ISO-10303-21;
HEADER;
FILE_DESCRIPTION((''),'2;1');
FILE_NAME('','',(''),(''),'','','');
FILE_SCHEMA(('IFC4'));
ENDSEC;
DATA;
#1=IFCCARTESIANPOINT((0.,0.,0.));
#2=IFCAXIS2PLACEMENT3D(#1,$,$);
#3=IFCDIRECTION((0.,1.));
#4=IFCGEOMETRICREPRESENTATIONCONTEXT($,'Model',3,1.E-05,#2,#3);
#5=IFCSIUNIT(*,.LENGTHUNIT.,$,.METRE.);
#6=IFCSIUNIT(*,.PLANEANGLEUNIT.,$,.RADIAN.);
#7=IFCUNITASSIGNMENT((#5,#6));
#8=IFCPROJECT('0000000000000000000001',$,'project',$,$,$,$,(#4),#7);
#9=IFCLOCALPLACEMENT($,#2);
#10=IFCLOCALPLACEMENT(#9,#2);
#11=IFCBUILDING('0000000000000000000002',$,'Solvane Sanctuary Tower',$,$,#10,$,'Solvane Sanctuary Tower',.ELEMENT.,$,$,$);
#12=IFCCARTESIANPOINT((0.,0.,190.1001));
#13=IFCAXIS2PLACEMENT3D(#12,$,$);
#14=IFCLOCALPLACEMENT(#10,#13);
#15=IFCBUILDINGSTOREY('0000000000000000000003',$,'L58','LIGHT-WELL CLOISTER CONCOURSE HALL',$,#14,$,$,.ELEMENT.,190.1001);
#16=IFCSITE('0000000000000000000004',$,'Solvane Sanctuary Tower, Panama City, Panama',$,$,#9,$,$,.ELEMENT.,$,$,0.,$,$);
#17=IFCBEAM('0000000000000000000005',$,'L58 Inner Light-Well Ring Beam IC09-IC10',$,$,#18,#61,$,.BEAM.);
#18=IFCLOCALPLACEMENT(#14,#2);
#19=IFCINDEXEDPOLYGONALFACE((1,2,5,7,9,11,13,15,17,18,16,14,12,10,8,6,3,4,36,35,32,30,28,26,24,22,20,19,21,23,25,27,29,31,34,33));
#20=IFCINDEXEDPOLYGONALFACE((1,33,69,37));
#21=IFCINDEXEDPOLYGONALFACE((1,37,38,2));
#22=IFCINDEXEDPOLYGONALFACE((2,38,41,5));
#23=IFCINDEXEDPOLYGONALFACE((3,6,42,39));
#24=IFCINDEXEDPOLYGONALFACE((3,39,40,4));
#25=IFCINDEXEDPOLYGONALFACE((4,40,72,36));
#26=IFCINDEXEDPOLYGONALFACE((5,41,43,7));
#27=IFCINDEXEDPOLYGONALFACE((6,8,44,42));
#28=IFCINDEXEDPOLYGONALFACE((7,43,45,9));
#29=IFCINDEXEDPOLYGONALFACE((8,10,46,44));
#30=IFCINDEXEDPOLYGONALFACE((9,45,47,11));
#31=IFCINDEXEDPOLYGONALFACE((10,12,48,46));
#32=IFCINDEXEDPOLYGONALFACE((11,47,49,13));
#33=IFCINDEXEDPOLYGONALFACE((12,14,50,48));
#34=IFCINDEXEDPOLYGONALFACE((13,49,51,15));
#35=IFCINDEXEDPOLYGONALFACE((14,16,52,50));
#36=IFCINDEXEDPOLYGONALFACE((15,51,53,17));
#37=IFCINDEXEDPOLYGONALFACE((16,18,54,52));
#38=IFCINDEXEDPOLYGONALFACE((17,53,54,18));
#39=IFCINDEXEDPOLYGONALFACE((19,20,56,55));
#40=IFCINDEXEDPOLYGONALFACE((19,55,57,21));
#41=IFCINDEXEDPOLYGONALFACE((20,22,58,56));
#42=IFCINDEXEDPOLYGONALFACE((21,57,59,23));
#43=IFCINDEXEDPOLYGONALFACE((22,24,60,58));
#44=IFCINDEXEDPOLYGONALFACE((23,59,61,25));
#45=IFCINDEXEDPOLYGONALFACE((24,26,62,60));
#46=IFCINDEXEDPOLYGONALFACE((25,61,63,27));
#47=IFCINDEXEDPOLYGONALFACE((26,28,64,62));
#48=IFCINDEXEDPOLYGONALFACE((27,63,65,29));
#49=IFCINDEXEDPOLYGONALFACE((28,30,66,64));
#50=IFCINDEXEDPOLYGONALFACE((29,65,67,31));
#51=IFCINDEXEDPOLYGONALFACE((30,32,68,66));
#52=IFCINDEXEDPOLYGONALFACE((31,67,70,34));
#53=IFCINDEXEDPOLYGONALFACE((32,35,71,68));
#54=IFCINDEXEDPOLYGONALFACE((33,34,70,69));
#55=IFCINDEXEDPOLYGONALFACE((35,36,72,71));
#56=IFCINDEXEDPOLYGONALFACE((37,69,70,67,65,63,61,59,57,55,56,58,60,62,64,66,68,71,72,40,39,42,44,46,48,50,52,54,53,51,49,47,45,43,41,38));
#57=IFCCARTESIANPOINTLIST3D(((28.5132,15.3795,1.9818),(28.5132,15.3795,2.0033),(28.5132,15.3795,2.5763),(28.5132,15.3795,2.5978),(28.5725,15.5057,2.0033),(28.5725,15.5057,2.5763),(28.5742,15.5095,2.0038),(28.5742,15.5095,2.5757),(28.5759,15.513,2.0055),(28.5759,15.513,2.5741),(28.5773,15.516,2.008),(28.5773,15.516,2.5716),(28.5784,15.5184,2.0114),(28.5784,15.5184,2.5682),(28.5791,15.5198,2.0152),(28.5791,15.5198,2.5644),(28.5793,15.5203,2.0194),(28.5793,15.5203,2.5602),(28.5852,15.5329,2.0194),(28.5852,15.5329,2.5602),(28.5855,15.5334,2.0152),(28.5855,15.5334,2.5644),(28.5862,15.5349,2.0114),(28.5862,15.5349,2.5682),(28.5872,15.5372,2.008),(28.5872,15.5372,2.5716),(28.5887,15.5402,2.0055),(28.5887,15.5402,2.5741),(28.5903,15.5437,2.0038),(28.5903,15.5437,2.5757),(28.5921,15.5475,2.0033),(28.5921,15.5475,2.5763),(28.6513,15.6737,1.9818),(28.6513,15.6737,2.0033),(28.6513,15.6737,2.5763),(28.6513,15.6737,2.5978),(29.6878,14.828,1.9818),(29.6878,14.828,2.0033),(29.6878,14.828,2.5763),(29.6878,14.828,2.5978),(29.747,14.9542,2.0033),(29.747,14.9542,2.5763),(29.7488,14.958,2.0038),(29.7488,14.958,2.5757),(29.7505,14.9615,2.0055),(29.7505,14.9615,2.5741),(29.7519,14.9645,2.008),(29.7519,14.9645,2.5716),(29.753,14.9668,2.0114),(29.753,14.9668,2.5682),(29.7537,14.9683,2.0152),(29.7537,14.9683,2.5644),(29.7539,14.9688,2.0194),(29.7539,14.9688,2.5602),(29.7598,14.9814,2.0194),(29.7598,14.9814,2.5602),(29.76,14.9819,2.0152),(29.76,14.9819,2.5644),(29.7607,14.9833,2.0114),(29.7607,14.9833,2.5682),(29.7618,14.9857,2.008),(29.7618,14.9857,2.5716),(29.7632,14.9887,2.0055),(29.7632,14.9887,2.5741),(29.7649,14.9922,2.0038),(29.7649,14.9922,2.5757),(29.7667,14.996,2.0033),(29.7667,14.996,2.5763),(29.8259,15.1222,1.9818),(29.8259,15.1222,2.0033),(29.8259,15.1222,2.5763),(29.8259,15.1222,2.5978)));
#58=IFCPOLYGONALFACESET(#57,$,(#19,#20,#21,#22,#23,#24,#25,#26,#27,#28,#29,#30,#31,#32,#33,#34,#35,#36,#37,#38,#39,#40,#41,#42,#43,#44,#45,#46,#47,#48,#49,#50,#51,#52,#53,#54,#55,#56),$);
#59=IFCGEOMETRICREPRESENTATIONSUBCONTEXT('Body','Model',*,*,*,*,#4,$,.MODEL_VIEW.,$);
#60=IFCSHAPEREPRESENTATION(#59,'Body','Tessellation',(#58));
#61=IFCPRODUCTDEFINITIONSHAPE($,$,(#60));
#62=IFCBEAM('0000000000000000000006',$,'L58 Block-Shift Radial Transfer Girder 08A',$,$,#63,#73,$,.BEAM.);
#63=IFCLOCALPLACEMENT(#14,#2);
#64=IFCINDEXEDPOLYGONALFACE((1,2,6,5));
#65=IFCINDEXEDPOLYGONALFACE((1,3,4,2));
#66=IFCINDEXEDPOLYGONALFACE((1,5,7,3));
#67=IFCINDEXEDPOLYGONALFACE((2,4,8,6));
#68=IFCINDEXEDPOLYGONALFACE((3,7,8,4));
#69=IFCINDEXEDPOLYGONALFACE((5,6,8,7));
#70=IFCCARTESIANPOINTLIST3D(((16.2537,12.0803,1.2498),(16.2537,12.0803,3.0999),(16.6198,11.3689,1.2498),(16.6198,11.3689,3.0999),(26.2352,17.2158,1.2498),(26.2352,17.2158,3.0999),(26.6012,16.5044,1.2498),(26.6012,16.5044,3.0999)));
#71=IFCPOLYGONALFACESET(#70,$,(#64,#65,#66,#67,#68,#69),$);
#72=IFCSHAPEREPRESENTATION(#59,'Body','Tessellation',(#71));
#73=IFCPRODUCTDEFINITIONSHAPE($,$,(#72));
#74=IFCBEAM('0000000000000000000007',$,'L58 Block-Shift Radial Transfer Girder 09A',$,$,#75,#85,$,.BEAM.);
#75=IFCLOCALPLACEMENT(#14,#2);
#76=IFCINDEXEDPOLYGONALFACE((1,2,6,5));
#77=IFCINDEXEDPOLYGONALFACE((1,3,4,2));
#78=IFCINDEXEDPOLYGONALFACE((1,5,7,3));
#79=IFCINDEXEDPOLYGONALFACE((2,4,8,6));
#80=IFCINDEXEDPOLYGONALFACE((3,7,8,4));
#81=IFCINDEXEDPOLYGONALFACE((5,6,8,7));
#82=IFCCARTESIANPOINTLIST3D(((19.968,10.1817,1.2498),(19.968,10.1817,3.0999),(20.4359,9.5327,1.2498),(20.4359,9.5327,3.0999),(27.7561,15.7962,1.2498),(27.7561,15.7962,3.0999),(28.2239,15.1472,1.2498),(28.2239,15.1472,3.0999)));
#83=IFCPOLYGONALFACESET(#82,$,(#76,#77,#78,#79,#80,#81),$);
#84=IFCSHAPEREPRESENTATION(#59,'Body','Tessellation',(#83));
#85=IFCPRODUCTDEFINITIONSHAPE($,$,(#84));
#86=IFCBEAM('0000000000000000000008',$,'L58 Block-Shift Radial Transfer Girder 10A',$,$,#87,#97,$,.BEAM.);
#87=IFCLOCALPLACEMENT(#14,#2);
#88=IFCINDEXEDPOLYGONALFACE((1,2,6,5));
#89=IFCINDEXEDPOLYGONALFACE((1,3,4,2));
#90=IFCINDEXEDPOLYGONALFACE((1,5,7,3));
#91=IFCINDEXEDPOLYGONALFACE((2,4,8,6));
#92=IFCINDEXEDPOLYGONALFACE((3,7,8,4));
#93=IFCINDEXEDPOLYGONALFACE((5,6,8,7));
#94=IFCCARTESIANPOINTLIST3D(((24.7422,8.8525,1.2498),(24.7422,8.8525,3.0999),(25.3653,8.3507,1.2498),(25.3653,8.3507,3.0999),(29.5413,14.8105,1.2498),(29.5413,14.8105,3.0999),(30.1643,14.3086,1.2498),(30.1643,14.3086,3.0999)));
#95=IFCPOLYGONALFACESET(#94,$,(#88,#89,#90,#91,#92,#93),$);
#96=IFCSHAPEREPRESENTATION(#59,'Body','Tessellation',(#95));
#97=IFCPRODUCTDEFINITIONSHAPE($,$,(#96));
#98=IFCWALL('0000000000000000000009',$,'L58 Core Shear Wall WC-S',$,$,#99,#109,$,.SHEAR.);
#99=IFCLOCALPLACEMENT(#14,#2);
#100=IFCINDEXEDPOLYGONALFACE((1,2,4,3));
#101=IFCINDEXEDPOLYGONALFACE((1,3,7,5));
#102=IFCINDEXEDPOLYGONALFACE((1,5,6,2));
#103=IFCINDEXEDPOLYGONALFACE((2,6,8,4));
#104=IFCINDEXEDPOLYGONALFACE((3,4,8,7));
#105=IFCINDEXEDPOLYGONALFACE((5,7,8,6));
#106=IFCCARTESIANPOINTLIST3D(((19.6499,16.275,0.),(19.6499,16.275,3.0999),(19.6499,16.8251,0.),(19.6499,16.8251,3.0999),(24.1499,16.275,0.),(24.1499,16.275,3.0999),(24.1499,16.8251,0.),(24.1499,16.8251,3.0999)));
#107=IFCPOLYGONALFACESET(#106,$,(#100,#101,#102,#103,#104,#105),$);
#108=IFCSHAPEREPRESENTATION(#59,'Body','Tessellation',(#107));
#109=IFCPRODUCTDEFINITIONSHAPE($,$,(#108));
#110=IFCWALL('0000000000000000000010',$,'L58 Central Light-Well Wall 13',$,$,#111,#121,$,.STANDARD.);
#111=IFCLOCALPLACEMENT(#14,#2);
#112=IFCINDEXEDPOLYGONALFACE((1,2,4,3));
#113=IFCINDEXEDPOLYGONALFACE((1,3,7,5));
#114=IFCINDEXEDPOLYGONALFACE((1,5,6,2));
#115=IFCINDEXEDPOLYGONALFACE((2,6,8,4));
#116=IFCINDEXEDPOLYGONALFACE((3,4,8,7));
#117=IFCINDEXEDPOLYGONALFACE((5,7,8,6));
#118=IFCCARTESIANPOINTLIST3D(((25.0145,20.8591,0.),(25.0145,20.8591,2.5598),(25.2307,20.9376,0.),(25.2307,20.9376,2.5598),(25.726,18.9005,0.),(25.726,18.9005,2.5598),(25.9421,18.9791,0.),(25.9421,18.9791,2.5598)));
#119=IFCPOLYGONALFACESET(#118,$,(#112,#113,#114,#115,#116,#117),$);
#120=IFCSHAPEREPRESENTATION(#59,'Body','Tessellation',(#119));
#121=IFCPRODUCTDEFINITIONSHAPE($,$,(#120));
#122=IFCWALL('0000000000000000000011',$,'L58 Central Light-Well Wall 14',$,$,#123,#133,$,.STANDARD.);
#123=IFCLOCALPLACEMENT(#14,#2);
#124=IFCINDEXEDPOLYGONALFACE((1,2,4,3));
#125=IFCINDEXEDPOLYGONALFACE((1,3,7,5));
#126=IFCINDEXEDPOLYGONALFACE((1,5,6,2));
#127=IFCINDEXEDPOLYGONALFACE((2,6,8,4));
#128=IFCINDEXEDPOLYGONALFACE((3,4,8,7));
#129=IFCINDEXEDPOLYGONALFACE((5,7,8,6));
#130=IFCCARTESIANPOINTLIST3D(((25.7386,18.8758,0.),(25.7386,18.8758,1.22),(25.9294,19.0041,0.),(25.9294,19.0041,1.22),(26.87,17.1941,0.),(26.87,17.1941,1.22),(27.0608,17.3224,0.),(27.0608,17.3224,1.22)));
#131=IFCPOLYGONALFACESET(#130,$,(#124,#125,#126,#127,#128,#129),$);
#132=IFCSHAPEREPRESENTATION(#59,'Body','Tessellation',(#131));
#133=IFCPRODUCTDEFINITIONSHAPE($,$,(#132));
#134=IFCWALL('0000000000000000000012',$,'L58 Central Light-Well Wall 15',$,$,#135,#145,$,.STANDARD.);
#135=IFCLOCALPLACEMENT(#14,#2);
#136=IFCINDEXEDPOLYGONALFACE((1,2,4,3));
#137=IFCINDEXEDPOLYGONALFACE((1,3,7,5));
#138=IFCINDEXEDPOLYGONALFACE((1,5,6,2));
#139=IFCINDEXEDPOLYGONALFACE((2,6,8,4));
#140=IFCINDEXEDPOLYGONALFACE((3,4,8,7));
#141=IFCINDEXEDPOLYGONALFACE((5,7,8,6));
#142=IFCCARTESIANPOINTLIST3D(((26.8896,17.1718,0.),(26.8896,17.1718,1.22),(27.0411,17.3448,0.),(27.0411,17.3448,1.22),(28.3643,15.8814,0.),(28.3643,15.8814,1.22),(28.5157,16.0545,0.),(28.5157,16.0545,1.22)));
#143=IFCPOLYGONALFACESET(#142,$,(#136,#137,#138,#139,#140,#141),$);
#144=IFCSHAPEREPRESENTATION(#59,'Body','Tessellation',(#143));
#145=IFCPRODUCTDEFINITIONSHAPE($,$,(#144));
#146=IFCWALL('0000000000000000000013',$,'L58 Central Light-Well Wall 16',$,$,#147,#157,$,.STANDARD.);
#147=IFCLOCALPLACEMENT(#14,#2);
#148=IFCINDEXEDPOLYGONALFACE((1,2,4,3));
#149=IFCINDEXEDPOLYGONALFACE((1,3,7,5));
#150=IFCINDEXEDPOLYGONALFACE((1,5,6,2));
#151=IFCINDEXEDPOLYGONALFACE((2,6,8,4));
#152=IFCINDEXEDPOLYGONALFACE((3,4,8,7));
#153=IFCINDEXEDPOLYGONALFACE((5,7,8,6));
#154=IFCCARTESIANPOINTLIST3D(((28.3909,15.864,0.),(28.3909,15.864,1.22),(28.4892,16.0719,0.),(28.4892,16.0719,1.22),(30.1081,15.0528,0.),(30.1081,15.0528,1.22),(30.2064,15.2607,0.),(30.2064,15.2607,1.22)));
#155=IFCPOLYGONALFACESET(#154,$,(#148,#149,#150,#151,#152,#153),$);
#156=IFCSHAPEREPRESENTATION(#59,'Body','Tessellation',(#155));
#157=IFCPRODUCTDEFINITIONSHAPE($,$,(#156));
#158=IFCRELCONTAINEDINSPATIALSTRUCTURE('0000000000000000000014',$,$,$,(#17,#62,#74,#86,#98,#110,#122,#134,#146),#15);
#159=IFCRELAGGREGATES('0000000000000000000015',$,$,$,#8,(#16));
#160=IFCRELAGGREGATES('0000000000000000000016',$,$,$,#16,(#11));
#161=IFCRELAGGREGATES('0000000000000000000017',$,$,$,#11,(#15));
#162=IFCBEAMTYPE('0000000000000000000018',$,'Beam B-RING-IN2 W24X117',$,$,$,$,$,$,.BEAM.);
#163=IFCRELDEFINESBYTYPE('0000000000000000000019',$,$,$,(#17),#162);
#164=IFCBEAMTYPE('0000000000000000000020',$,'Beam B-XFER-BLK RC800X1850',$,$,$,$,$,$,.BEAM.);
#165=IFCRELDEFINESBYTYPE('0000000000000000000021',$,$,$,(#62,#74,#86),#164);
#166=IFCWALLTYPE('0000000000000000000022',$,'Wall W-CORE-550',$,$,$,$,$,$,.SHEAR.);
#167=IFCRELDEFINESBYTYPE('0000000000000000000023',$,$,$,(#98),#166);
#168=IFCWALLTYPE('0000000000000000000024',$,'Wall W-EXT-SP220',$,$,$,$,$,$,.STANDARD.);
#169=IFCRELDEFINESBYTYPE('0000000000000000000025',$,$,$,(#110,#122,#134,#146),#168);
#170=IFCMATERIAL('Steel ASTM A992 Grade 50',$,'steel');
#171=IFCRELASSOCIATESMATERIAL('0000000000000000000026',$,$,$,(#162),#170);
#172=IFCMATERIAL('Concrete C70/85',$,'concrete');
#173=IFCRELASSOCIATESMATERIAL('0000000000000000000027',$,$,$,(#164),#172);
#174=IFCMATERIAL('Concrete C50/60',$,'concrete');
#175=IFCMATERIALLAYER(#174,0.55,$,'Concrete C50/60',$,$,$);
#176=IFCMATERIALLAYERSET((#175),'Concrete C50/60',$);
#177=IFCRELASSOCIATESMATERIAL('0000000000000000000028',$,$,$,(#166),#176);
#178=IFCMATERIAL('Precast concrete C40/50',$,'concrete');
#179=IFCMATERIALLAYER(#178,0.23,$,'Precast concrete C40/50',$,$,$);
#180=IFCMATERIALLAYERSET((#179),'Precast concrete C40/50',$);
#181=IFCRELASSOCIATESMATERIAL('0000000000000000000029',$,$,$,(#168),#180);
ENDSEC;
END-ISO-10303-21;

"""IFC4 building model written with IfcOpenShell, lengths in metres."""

from ifc_helpers import new_model, si_unit, direction, frame, frame_2d, origin, origin_2d, place, context, subcontext, project, spatial, rectangle, i_section, extrude, material, layer, layer_set, material_profile, profile_set, type_object, element, save


model = new_model("IFC4")

# Units and contexts
model_context = context("Model", 3, precision=1e-05, world=origin(), true_north=direction((0.0, 1.0)))
body_context = subcontext(model_context, "Body", "Model", "MODEL_VIEW")
ifc_project = project(units=[si_unit("LENGTHUNIT", "METRE"), si_unit("PLANEANGLEUNIT", "RADIAN")], contexts=[model_context])

# Site, building, storey
site_placement = place(None, origin())
site = spatial("IfcSite", under=ifc_project, at=site_placement, Name="Solvane Sanctuary Tower, Panama City, Panama", CompositionType="ELEMENT", RefElevation=0.0)
building_placement = place(site_placement, origin())
building = spatial("IfcBuilding", under=site, at=building_placement, Name="Solvane Sanctuary Tower", LongName="Solvane Sanctuary Tower", CompositionType="ELEMENT")
storey_placement = place(building_placement, frame((0.0, 0.0, 190.1001)))
storey = spatial("IfcBuildingStorey", under=building, at=storey_placement, Name="L58", Description="LIGHT-WELL CLOISTER CONCOURSE HALL", CompositionType="ELEMENT", Elevation=190.1001)

# Shared definitions
ifc_material_1 = material(Name="Concrete C50/60", Category="concrete")
ifc_material_2 = material(Name="Concrete C70/85", Category="concrete")

# Beams
ifc_material_3 = material(Name="Steel ASTM A992 Grade 50", Category="steel")
ifc_material_profile_1 = material_profile(ifc_material_3, i_section(OverallWidth=0.325, OverallDepth=0.616, WebThickness=0.0139, FlangeThickness=0.0215, FilletRadius=0.0161, at=origin_2d()), Name="W24X117")
ifc_profile_set_1 = profile_set([ifc_material_profile_1], Name="Steel ASTM A992 Grade 50")
beam_type_1 = type_object("IfcBeamType", Name="Beam B-RING-IN2 W24X117", PredefinedType="BEAM", material=ifc_profile_set_1)
beam_1_placement = place(storey_placement, frame((28.5823, 15.5266, 2.2898), z_axis=(0.905181, -0.425027, 0.0), x_axis=(0.425027, 0.905181, 0.0)))
element("IfcBeam", 1, at=beam_1_placement, inside=storey, type_object=beam_type_1, Name="L58 Inner Light-Well Ring Beam IC09-IC10", PredefinedType="BEAM", context=body_context, shape_type="SweptSolid", body=[
    extrude(i_section(OverallWidth=0.325, OverallDepth=0.616, WebThickness=0.0139, FlangeThickness=0.0215, FilletRadius=0.0161, at=origin_2d()), origin(), (0.0, 0.0, 1.0), 1.2976),
])
ifc_material_profile_2 = material_profile(ifc_material_2, rectangle(XDim=0.8, YDim=1.8501, at=origin_2d()), Name="RC800X1850")
ifc_profile_set_2 = profile_set([ifc_material_profile_2], Name="Concrete C70/85")
beam_type_2 = type_object("IfcBeamType", Name="Beam B-XFER-BLK RC800X1850", PredefinedType="BEAM", material=ifc_profile_set_2)
beam_2_placement = place(storey_placement, frame((26.4182, 16.8601, 2.1748), z_axis=(-0.889209, -0.457502, 0.0), x_axis=(0.457502, -0.889209, 0.0)))
element("IfcBeam", 2, at=beam_2_placement, inside=storey, type_object=beam_type_2, Name="L58 Block-Shift Radial Transfer Girder 08A", PredefinedType="BEAM", context=body_context, shape_type="SweptSolid", body=[
    extrude(rectangle(XDim=0.8, YDim=1.8501, at=origin_2d()), origin(), (0.0, 0.0, 1.0), 11.2251),
])
beam_3_placement = place(storey_placement, frame((27.99, 15.4717, 2.1748), z_axis=(-0.811185, -0.58479, 0.0), x_axis=(0.58479, -0.811185, 0.0)))
element("IfcBeam", 3, at=beam_3_placement, inside=storey, type_object=beam_type_2, Name="L58 Block-Shift Radial Transfer Girder 09A", PredefinedType="BEAM", context=body_context, shape_type="SweptSolid", body=[
    extrude(rectangle(XDim=0.8, YDim=1.8501, at=origin_2d()), origin(), (0.0, 0.0, 1.0), 9.6008),
])
beam_4_placement = place(storey_placement, frame((29.8528, 14.5596, 2.1748), z_axis=(-0.627295, -0.778782, 0.0), x_axis=(0.778782, -0.627295, 0.0)))
element("IfcBeam", 4, at=beam_4_placement, inside=storey, type_object=beam_type_2, Name="L58 Block-Shift Radial Transfer Girder 10A", PredefinedType="BEAM", context=body_context, shape_type="SweptSolid", body=[
    extrude(rectangle(XDim=0.8, YDim=1.8501, at=origin_2d()), origin(), (0.0, 0.0, 1.0), 7.6504),
])

# Walls
ifc_layer_1 = layer(ifc_material_1, 0.55, Name="Concrete C50/60")
ifc_layer_set_1 = layer_set([ifc_layer_1], Name="Concrete C50/60")
wall_type_1 = type_object("IfcWallType", Name="Wall W-CORE-550", PredefinedType="SHEAR", material=ifc_layer_set_1)
wall_1_placement = place(storey_placement, frame((19.6499, 16.55, 0.0), z_axis=(0.0, 0.0, 1.0), x_axis=(1.0, 0.0, 0.0)))
element("IfcWall", 5, at=wall_1_placement, inside=storey, type_object=wall_type_1, Name="L58 Core Shear Wall WC-S", PredefinedType="SHEAR", context=body_context, shape_type="SweptSolid", body=[
    extrude(rectangle(XDim=4.5, YDim=0.55, at=frame_2d((2.25, 0.0))), origin(), (0.0, 0.0, 1.0), 3.0999),
])
ifc_material_4 = material(Name="Precast concrete C40/50", Category="concrete")
ifc_layer_2 = layer(ifc_material_4, 0.23, Name="Precast concrete C40/50")
ifc_layer_set_2 = layer_set([ifc_layer_2], Name="Precast concrete C40/50")
wall_type_2 = type_object("IfcWallType", Name="Wall W-EXT-SP220", PredefinedType="STANDARD", material=ifc_layer_set_2)
wall_2_placement = place(storey_placement, frame((25.1226, 20.8984, 0.0), z_axis=(0.0, 0.0, 1.0), x_axis=(0.341423, -0.93991, 0.0)))
element("IfcWall", 6, at=wall_2_placement, inside=storey, type_object=wall_type_2, Name="L58 Central Light-Well Wall 13", PredefinedType="STANDARD", context=body_context, shape_type="SweptSolid", body=[
    extrude(rectangle(XDim=2.0837, YDim=0.23, at=frame_2d((1.042, 0.0))), origin(), (0.0, 0.0, 1.0), 2.5598),
])
wall_3_placement = place(storey_placement, frame((25.834, 18.9399, 0.0), z_axis=(0.0, 0.0, 1.0), x_axis=(0.558198, -0.829708, 0.0)))
element("IfcWall", 7, at=wall_3_placement, inside=storey, type_object=wall_type_2, Name="L58 Central Light-Well Wall 14", PredefinedType="STANDARD", context=body_context, shape_type="SweptSolid", body=[
    extrude(rectangle(XDim=2.0269, YDim=0.23, at=frame_2d((1.0134, 0.0))), origin(), (0.0, 0.0, 1.0), 1.22),
])
wall_4_placement = place(storey_placement, frame((26.9653, 17.2583, 0.0), z_axis=(0.0, 0.0, 1.0), x_axis=(0.752577, -0.658505, 0.0)))
element("IfcWall", 8, at=wall_4_placement, inside=storey, type_object=wall_type_2, Name="L58 Central Light-Well Wall 15", PredefinedType="STANDARD", context=body_context, shape_type="SweptSolid", body=[
    extrude(rectangle(XDim=1.9595, YDim=0.23, at=frame_2d((0.9797, 0.0))), origin(), (0.0, 0.0, 1.0), 1.22),
])
wall_5_placement = place(storey_placement, frame((28.4399, 15.968, 0.0), z_axis=(0.0, 0.0, 1.0), x_axis=(0.90418, -0.427152, 0.0)))
element("IfcWall", 9, at=wall_5_placement, inside=storey, type_object=wall_type_2, Name="L58 Central Light-Well Wall 16", PredefinedType="STANDARD", context=body_context, shape_type="SweptSolid", body=[
    extrude(rectangle(XDim=1.8992, YDim=0.23, at=frame_2d((0.9497, 0.0))), origin(), (0.0, 0.0, 1.0), 1.22),
])

save(model, "model.ifc")
